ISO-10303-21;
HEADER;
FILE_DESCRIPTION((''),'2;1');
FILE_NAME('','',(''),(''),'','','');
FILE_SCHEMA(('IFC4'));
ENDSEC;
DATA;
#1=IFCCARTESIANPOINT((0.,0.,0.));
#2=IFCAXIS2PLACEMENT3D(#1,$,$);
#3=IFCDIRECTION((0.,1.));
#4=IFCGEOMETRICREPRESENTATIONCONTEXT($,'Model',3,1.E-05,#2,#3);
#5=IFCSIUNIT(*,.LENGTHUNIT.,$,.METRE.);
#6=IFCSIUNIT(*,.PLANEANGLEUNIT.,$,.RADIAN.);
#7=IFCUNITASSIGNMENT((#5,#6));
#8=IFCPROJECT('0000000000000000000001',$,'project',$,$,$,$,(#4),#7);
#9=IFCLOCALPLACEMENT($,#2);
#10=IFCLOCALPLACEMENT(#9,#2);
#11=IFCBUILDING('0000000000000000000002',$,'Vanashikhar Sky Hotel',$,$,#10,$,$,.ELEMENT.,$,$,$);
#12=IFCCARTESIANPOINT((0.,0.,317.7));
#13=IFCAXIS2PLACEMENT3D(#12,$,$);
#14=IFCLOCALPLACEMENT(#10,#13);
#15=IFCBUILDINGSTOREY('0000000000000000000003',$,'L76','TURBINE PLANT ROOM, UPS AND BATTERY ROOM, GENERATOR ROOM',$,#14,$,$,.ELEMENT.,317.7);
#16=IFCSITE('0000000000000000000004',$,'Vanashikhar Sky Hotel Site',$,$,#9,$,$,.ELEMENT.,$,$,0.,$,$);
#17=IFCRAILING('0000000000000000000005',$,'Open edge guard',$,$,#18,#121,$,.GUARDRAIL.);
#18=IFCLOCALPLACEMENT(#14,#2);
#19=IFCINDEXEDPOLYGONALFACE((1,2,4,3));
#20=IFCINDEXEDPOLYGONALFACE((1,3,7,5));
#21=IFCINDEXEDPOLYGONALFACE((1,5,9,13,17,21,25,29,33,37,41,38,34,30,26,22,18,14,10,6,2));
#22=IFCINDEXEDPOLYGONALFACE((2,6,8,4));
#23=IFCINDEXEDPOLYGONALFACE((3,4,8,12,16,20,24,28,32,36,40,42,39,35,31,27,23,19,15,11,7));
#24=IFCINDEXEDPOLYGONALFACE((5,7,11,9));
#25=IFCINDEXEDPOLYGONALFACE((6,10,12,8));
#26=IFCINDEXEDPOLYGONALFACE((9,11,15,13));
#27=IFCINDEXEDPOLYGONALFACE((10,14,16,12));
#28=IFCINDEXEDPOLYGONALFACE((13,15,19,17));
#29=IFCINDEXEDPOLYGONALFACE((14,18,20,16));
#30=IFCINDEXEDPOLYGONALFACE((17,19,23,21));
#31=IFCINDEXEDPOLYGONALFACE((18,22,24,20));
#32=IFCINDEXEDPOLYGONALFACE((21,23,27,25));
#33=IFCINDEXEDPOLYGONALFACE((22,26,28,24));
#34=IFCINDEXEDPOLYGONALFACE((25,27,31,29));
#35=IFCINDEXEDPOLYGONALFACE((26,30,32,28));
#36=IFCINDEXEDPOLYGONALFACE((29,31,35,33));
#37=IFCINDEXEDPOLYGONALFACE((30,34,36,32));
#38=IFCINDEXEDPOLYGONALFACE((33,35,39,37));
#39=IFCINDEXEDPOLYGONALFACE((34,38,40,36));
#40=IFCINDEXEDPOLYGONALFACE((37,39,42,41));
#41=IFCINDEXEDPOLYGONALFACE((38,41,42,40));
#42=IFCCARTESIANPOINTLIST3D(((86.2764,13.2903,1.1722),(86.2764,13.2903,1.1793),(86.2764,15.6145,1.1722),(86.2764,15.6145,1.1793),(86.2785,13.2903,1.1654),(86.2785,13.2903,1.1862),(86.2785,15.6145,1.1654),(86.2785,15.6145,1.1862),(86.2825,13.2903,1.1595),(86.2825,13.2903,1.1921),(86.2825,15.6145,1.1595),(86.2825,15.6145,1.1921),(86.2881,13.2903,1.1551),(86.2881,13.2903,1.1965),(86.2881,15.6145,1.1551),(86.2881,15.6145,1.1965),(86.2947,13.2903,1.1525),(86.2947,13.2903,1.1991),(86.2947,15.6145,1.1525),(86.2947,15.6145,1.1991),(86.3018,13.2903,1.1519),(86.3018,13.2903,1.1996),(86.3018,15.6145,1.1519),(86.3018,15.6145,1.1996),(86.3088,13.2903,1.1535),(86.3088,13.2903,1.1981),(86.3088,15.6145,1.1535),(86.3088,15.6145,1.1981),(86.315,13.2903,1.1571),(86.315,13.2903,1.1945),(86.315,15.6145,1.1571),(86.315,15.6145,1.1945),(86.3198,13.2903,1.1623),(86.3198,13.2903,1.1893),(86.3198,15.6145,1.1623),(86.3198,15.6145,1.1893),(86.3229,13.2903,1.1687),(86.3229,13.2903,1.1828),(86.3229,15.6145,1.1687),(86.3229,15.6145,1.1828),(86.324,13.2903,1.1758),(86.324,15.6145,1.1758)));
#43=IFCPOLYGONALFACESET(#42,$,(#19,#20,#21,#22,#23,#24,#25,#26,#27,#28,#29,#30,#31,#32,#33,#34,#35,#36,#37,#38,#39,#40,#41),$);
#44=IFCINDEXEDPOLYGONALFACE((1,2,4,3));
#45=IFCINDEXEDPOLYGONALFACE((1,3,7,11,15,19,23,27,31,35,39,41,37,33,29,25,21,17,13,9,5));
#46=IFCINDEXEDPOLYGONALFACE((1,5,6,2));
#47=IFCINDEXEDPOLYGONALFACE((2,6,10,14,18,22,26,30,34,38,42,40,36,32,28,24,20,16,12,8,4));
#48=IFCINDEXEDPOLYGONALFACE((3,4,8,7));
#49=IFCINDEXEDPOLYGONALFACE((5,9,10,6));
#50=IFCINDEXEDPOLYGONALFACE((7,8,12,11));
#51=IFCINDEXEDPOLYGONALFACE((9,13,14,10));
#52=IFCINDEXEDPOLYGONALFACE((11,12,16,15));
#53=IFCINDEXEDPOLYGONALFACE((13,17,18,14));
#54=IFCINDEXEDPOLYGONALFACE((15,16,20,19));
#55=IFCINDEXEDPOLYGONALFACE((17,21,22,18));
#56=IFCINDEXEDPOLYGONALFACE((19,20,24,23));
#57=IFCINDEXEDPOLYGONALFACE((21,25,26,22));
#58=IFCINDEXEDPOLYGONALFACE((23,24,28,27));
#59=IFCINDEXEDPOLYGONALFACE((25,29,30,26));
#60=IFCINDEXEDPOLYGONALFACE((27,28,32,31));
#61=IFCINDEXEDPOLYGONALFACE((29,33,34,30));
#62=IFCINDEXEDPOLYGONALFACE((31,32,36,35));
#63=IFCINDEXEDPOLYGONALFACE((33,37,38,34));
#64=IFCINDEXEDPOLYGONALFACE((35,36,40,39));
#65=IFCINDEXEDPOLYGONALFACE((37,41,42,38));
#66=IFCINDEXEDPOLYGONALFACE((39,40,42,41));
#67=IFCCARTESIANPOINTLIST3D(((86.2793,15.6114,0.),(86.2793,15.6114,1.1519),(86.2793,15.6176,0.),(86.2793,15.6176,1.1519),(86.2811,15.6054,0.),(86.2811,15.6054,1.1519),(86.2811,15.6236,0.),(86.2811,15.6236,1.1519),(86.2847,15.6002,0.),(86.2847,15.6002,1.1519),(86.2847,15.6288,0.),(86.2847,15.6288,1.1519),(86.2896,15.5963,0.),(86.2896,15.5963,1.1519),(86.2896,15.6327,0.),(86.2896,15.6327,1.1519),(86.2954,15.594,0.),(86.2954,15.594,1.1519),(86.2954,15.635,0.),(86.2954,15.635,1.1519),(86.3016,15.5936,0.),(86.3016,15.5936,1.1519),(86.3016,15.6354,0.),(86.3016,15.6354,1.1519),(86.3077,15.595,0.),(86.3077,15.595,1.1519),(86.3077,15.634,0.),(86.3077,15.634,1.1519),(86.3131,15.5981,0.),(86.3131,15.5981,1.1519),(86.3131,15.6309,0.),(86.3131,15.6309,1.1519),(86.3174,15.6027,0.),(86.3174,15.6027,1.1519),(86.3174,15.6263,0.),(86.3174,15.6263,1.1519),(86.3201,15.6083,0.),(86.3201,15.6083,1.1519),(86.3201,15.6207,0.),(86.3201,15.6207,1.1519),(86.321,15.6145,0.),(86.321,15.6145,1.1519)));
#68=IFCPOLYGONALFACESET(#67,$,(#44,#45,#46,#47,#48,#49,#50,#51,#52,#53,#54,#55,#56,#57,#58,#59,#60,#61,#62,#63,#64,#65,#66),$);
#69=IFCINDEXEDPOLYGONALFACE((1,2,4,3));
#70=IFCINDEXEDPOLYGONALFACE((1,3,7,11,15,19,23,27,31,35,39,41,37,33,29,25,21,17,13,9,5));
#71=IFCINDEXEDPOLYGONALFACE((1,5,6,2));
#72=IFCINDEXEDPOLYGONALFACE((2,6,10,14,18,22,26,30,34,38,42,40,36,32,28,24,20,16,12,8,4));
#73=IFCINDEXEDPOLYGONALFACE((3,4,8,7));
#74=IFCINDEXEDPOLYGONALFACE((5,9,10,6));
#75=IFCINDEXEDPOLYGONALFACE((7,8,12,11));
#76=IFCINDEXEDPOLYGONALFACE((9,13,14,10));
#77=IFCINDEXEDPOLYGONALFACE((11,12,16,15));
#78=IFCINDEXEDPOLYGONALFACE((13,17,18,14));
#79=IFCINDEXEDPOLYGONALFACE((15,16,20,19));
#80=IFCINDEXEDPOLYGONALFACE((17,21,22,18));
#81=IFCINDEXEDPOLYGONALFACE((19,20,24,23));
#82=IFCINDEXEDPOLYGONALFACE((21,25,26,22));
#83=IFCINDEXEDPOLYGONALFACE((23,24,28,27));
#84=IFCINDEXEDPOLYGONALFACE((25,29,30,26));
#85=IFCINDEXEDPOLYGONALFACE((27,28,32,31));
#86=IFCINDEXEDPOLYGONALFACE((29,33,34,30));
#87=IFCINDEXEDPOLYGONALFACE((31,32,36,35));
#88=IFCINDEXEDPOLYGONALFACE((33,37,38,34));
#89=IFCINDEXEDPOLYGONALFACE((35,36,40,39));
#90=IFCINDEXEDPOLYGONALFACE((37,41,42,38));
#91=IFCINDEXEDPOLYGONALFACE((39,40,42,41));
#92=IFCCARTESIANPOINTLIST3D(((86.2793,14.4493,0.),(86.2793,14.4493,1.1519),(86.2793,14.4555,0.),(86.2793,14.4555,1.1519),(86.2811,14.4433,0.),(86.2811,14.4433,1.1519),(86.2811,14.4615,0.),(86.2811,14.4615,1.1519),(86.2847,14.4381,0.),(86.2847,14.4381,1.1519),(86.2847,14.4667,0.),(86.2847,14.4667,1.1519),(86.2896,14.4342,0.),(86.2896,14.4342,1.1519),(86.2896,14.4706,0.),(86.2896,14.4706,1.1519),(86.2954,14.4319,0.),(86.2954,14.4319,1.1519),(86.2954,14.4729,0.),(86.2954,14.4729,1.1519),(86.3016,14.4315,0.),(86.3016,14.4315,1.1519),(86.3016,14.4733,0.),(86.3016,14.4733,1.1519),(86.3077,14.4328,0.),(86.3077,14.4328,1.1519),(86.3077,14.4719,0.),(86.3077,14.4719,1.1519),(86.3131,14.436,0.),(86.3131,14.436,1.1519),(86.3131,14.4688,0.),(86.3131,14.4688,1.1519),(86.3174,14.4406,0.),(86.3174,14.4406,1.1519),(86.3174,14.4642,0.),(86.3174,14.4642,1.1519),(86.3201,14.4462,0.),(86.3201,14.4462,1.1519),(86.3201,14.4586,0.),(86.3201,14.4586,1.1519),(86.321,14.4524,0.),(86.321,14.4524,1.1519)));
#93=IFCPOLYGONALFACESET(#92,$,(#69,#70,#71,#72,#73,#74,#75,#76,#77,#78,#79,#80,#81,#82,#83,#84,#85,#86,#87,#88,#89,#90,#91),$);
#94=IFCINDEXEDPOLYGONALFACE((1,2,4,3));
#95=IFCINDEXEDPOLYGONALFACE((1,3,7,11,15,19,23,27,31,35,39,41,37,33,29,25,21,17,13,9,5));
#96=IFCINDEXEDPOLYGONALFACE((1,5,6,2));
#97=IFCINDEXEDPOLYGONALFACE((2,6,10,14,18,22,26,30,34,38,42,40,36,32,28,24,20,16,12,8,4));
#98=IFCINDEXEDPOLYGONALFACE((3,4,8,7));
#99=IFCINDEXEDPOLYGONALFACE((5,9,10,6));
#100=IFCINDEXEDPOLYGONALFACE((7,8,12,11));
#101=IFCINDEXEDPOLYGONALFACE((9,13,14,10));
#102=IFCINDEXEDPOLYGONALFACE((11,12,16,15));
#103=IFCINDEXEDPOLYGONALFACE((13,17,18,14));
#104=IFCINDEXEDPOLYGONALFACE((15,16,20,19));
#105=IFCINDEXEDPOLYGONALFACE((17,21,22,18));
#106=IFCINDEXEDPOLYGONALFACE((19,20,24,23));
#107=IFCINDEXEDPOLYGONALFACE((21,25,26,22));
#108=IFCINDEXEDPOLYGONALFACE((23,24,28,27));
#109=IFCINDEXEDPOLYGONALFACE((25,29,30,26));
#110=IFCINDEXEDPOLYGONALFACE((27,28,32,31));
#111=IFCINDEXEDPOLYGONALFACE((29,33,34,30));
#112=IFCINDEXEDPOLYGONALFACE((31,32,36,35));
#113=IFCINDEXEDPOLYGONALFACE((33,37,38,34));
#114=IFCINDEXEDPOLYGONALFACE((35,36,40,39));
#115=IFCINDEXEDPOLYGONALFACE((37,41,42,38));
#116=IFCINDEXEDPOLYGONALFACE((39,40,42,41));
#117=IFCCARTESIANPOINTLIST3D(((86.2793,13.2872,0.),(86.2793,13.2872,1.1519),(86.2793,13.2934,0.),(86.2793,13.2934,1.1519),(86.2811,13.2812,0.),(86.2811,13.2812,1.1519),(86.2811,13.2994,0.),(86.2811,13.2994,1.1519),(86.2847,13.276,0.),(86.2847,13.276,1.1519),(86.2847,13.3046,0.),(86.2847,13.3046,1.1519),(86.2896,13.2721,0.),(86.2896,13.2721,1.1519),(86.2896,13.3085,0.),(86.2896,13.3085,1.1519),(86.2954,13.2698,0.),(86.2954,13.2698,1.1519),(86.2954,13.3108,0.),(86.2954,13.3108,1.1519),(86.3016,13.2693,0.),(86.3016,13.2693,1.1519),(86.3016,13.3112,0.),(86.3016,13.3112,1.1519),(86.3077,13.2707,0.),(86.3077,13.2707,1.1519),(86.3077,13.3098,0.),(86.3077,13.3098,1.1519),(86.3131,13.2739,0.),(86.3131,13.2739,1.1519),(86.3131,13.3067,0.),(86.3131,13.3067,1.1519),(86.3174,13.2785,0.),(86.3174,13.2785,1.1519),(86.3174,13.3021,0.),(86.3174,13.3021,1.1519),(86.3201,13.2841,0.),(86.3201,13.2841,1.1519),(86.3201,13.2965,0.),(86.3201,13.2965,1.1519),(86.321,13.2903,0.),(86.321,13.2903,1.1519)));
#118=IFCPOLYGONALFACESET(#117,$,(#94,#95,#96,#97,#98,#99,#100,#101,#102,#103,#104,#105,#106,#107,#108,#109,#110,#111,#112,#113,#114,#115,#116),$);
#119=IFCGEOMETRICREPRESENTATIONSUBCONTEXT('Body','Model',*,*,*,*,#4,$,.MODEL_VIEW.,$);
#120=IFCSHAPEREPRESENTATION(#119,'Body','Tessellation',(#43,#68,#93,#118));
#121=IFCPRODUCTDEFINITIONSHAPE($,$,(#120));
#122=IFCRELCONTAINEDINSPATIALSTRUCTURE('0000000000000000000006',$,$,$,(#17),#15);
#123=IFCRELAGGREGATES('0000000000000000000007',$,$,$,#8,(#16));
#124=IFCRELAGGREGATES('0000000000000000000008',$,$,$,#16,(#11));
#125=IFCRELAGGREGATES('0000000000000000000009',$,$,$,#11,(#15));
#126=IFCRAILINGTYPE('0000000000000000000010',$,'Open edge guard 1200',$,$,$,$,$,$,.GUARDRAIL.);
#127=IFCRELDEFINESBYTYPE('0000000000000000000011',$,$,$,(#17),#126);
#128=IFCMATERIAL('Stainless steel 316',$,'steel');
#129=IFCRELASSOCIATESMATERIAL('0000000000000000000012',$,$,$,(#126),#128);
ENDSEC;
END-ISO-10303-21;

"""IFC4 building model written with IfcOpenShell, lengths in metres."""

from ifc_helpers import new_model, si_unit, direction, frame, origin, origin_2d, place, context, subcontext, project, spatial, circle, extrude, source, transform, mapped, material, type_object, element, save


model = new_model("IFC4")

# Units and contexts
model_context = context("Model", 3, precision=1e-05, world=origin(), true_north=direction((0.0, 1.0)))
body_context = subcontext(model_context, "Body", "Model", "MODEL_VIEW")
ifc_project = project(units=[si_unit("LENGTHUNIT", "METRE"), si_unit("PLANEANGLEUNIT", "RADIAN")], contexts=[model_context])

# Site, building, storey
site_placement = place(None, origin())
site = spatial("IfcSite", under=ifc_project, at=site_placement, Name="Vanashikhar Sky Hotel Site", CompositionType="ELEMENT", RefElevation=0.0)
building_placement = place(site_placement, origin())
building = spatial("IfcBuilding", under=site, at=building_placement, Name="Vanashikhar Sky Hotel", CompositionType="ELEMENT")
storey_placement = place(building_placement, frame((0.0, 0.0, 317.7)))
storey = spatial("IfcBuildingStorey", under=building, at=storey_placement, Name="L76", Description="TURBINE PLANT ROOM, UPS AND BATTERY ROOM, GENERATOR ROOM", CompositionType="ELEMENT", Elevation=317.7)

# Railing
ifc_material_1 = material(Name="Stainless steel 316", Category="steel")
railing_type_1 = type_object("IfcRailingType", Name="Open edge guard 1200", PredefinedType="GUARDRAIL", material=ifc_material_1)
shared_shape_1 = source(origin(), body_context, "Body", "SweptSolid", [
    extrude(circle(Radius=0.0239, at=origin_2d()), frame((0.0, 0.0, 1.1758), z_axis=(0.0, -1.0, 0.0), x_axis=(1.0, 0.0, 0.0)), (0.0, 0.0, 1.0), 2.3242),
    extrude(circle(Radius=0.021, at=origin_2d()), origin(), (0.0, 0.0, 1.0), 1.1519),
    extrude(circle(Radius=0.021, at=origin_2d()), frame((0.0, -1.1621, 0.0)), (0.0, 0.0, 1.0), 1.1519),
    extrude(circle(Radius=0.021, at=origin_2d()), frame((0.0, -2.3242, 0.0)), (0.0, 0.0, 1.0), 1.1519),
])
for number, where, name in (
    (1, (86.3, 15.6145, 0.0), "Open edge guard"),
):
    element("IfcRailing", number, at=place(storey_placement, frame(where)), inside=storey, type_object=railing_type_1, Name=name, PredefinedType="GUARDRAIL", context=body_context, shape_type="MappedRepresentation", body=[
        mapped(shared_shape_1, transform((0.0, 0.0, 0.0), scale=1.0)),
    ])

save(model, "model.ifc")
